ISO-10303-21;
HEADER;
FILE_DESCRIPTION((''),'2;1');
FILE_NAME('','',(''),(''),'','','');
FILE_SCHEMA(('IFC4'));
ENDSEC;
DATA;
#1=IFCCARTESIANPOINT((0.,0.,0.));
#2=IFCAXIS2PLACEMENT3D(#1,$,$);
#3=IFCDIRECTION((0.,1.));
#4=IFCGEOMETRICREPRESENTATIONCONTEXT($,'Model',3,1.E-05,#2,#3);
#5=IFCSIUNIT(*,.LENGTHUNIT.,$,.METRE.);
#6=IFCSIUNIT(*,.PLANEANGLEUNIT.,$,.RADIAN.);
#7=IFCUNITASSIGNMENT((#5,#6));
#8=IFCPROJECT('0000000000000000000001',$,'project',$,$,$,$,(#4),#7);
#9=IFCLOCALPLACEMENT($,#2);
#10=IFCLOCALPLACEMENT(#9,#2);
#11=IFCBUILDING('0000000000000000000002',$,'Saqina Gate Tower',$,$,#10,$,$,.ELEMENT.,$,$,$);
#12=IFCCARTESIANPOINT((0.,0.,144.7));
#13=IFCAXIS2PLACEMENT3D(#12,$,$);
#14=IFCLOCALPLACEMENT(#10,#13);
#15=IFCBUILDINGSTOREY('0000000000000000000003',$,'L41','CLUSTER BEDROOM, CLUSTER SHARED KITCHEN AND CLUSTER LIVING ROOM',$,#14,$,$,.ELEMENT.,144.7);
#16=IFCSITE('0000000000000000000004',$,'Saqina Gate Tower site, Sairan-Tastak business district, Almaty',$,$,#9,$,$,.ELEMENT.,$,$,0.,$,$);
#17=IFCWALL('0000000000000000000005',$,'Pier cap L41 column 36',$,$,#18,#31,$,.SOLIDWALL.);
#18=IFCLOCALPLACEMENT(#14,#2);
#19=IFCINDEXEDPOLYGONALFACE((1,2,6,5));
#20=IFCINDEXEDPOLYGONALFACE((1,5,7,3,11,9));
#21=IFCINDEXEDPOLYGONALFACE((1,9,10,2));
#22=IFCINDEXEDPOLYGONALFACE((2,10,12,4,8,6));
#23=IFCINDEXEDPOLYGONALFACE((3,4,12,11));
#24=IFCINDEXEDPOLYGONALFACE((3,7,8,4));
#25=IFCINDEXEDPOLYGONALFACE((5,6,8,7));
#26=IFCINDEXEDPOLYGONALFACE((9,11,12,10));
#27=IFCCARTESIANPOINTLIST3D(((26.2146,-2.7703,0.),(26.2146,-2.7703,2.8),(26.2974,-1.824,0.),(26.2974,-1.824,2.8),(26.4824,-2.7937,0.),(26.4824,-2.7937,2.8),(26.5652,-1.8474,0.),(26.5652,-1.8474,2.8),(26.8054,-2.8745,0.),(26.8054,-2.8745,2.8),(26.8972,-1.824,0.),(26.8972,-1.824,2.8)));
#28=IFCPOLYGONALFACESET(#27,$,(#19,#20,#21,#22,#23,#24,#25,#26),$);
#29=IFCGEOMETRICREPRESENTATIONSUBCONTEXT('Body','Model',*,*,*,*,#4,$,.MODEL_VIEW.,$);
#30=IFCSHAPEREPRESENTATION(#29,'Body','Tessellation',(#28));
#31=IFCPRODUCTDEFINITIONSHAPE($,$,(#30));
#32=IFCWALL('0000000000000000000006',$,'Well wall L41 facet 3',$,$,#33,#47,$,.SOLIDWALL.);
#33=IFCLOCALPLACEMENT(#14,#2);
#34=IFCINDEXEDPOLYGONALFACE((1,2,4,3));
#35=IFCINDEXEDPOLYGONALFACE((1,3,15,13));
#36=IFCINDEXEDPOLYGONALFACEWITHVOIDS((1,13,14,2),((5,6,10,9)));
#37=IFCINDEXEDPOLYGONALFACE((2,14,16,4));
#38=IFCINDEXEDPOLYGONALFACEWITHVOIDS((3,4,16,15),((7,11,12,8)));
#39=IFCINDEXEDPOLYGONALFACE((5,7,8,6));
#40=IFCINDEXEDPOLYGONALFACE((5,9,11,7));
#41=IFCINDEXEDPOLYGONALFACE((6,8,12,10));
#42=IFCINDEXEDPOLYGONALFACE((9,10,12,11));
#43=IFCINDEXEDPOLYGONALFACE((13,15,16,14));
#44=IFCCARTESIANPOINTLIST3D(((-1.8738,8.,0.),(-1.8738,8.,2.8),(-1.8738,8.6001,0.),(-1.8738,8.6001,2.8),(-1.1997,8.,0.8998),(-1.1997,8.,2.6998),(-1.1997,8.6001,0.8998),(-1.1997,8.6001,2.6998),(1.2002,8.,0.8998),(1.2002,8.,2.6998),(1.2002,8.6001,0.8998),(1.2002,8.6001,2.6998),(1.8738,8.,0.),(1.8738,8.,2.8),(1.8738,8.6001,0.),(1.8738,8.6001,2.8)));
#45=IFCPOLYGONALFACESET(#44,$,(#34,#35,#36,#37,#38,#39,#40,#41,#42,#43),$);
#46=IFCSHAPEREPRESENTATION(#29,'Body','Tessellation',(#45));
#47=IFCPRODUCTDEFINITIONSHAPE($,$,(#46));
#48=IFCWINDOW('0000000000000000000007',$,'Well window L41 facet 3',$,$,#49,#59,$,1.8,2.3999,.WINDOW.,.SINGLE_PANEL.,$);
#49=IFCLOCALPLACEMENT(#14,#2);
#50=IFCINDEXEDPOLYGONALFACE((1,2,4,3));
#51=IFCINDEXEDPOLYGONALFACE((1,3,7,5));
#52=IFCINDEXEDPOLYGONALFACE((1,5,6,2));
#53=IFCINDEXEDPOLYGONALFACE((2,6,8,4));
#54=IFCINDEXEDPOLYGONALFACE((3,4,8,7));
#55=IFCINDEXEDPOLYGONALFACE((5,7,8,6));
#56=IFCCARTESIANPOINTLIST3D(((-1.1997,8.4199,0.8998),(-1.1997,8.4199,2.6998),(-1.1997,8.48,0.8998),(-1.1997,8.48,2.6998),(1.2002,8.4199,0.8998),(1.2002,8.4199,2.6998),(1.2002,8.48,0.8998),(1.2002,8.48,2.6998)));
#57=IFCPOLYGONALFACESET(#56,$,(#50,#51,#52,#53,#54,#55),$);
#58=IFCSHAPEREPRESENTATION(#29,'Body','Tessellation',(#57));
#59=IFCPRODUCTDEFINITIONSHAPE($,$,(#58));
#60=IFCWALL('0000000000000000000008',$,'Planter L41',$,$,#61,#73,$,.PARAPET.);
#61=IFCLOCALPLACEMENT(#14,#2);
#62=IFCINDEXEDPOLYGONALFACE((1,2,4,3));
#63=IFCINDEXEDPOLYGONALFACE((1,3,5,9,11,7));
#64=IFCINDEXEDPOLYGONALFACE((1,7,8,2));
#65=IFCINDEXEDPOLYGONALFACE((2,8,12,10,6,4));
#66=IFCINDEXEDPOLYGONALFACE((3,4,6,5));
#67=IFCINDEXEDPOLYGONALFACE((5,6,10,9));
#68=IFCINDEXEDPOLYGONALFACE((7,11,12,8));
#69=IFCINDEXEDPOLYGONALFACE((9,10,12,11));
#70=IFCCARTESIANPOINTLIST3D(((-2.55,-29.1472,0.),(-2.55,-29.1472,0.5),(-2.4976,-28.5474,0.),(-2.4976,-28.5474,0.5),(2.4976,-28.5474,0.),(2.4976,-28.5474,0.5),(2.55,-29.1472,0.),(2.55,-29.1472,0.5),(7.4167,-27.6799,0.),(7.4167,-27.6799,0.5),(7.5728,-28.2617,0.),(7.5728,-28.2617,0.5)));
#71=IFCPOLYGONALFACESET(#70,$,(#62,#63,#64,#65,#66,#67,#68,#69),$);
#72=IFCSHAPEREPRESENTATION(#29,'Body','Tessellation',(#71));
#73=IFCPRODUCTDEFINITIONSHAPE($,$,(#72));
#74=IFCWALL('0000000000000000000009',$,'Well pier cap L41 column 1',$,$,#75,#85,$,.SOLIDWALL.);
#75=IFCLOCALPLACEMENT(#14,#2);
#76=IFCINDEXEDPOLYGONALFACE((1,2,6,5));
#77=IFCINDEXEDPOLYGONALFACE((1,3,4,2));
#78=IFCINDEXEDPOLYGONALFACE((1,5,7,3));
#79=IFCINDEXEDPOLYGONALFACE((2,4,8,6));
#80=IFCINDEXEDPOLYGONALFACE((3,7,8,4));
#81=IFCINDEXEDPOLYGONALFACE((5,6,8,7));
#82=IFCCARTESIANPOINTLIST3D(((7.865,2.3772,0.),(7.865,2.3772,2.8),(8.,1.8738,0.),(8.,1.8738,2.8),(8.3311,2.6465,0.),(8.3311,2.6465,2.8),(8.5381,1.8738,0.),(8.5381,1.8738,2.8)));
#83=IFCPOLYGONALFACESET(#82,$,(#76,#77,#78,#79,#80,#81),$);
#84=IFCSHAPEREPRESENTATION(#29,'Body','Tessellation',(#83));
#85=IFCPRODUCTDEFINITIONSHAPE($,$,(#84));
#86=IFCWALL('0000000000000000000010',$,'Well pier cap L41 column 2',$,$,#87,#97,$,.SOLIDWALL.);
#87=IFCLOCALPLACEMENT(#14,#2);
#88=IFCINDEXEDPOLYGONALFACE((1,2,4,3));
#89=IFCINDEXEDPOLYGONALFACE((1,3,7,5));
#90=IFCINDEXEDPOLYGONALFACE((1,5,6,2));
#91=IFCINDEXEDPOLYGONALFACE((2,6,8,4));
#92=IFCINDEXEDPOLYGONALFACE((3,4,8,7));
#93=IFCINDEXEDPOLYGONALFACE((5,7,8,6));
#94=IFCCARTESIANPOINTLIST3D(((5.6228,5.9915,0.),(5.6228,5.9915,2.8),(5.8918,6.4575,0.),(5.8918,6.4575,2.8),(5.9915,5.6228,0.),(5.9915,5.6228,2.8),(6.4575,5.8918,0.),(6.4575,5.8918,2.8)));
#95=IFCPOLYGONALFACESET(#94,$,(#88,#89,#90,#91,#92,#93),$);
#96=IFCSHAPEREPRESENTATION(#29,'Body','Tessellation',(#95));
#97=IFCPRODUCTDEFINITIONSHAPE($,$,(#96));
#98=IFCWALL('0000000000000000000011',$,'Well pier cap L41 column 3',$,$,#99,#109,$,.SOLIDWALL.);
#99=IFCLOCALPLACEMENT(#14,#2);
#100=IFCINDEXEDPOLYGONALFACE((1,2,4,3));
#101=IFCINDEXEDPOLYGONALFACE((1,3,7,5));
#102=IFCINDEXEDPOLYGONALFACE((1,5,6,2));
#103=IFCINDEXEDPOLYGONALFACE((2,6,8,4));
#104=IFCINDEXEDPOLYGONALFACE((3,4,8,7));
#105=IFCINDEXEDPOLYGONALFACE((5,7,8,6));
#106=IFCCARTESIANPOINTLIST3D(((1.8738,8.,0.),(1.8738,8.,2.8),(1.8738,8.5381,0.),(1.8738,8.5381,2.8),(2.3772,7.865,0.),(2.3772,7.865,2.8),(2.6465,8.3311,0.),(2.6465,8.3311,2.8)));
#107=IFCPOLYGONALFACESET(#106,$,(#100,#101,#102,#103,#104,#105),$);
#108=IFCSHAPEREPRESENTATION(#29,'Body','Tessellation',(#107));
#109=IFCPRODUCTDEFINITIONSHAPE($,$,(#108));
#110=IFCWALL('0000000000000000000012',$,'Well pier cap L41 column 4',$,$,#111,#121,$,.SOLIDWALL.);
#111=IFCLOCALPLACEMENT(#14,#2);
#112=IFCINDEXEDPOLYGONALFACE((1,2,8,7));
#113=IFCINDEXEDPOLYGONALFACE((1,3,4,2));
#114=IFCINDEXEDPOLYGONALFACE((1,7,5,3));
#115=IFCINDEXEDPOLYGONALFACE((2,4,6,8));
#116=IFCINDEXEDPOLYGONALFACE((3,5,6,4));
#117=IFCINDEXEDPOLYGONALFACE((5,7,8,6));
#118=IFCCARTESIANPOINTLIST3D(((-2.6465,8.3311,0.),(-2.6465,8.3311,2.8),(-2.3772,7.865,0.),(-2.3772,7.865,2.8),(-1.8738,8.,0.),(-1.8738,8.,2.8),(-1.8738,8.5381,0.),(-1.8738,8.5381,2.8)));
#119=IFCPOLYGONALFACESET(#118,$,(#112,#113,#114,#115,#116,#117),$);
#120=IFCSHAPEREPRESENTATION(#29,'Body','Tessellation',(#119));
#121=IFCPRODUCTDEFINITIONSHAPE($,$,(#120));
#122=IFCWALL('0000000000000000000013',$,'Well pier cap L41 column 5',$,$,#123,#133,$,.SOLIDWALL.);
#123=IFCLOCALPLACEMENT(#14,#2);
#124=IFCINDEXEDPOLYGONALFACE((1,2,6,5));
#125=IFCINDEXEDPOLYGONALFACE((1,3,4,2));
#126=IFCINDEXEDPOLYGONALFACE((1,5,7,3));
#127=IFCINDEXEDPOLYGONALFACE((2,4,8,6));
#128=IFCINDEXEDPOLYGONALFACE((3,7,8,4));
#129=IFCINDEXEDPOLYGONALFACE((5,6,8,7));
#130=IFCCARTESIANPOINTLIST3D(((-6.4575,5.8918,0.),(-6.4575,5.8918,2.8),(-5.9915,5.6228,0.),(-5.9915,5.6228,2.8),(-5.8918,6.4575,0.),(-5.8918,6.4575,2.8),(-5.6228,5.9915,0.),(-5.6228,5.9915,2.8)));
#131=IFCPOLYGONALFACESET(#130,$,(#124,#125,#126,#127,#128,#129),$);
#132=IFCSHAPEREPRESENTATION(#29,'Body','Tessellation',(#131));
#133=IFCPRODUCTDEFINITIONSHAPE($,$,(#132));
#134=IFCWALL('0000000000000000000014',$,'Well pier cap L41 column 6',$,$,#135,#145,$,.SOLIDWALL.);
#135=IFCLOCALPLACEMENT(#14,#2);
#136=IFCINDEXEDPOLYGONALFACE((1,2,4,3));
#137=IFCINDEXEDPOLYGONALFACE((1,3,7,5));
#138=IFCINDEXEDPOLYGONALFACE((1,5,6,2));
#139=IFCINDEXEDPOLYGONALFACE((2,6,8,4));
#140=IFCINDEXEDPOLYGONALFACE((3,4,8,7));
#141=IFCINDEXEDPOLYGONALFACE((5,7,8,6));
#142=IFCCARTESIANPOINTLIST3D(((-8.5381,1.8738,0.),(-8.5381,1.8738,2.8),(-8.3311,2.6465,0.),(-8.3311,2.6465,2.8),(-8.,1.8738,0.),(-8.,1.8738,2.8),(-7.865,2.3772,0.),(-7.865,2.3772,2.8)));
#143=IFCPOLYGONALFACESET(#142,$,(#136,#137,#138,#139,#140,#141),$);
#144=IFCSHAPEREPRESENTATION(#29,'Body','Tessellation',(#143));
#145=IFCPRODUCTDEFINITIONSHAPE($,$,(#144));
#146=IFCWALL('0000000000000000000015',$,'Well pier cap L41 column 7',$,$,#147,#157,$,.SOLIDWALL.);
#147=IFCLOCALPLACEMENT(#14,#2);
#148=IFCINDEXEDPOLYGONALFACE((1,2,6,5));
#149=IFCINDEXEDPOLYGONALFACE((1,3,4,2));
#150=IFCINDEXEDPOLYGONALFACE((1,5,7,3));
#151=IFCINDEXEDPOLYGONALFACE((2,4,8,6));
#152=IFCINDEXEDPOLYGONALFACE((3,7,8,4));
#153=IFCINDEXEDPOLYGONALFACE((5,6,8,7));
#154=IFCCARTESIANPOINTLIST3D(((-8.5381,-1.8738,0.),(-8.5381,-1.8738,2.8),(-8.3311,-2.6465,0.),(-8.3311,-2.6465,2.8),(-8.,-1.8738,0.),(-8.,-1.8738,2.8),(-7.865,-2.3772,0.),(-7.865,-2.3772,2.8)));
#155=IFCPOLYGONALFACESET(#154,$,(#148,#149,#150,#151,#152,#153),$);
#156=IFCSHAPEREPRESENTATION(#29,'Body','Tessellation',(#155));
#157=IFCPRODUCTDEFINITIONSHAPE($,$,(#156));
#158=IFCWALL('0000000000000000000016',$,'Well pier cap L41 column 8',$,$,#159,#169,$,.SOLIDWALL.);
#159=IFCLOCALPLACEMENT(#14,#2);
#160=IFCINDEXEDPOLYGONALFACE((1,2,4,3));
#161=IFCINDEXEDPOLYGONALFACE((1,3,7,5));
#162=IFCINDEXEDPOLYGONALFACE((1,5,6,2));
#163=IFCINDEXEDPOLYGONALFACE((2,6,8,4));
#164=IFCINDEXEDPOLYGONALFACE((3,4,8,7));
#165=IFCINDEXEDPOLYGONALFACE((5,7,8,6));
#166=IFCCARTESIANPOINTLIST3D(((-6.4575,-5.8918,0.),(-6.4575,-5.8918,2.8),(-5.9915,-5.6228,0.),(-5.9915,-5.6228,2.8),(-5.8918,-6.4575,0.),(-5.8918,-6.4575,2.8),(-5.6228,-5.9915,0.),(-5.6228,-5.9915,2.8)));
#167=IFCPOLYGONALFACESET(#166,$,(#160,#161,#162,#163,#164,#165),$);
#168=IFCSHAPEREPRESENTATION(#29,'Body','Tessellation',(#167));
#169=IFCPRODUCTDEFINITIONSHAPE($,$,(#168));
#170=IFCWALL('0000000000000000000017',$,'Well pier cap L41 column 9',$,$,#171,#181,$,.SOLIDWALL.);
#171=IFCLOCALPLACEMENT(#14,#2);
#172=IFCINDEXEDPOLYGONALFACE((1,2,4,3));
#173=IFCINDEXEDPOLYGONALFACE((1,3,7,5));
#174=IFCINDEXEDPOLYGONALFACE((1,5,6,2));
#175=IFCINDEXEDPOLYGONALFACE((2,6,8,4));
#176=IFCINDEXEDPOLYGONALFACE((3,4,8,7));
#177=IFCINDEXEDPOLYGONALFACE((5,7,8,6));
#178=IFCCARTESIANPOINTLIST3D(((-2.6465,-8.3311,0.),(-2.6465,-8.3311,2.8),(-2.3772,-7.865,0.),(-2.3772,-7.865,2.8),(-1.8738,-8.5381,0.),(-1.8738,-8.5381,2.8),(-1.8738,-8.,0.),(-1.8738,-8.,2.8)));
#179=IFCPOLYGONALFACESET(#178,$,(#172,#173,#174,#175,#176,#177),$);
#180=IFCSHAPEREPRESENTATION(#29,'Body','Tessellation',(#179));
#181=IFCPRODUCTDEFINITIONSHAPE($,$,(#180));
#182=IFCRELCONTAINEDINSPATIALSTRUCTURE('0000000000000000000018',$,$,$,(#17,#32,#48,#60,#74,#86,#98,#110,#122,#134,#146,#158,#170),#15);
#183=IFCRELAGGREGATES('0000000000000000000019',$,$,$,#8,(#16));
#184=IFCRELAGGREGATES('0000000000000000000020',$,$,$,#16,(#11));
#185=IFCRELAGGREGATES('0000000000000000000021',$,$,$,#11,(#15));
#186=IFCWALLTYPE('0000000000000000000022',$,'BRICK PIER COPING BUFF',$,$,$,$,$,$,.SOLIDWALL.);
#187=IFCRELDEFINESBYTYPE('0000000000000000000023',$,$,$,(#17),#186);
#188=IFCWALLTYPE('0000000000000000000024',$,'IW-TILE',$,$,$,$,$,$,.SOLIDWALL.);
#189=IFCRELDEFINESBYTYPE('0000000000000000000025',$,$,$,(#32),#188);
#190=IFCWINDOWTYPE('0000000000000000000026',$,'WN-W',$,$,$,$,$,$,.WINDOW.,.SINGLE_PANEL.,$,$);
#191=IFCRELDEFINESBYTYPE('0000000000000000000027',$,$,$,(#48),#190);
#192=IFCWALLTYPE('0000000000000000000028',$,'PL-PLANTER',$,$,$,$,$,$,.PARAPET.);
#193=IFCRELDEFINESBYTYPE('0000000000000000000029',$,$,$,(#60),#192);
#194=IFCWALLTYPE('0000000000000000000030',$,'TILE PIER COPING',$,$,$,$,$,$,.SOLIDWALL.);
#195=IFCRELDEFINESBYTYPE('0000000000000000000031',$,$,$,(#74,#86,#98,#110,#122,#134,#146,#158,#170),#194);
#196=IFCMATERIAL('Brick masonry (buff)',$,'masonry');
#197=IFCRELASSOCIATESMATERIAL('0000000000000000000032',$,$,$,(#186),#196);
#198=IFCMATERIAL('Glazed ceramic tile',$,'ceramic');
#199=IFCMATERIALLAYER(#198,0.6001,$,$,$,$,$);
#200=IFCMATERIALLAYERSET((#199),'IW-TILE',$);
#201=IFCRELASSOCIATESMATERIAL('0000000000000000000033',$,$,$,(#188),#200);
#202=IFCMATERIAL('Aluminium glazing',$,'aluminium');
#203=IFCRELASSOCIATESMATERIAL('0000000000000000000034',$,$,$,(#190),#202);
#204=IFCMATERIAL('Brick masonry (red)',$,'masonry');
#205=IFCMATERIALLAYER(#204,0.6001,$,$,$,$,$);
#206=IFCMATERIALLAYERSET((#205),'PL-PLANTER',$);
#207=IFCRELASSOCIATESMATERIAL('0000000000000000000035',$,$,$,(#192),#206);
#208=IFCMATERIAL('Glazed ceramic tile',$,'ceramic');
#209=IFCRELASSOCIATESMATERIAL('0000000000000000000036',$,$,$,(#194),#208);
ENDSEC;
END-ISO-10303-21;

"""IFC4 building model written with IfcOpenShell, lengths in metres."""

from ifc_helpers import new_model, si_unit, direction, frame, frame_2d, origin, place, context, subcontext, project, spatial, polyline, rectangle, outline, extrude, material, layer, layer_set, type_object, element, fill, save


model = new_model("IFC4")

# Units and contexts
model_context = context("Model", 3, precision=1e-05, world=origin(), true_north=direction((0.0, 1.0)))
body_context = subcontext(model_context, "Body", "Model", "MODEL_VIEW")
ifc_project = project(units=[si_unit("LENGTHUNIT", "METRE"), si_unit("PLANEANGLEUNIT", "RADIAN")], contexts=[model_context])

# Site, building, storey
site_placement = place(None, origin())
site = spatial("IfcSite", under=ifc_project, at=site_placement, Name="Saqina Gate Tower site, Sairan-Tastak business district, Almaty", CompositionType="ELEMENT", RefElevation=0.0)
building_placement = place(site_placement, origin())
building = spatial("IfcBuilding", under=site, at=building_placement, Name="Saqina Gate Tower", CompositionType="ELEMENT")
storey_placement = place(building_placement, frame((0.0, 0.0, 144.7)))
storey = spatial("IfcBuildingStorey", under=building, at=storey_placement, Name="L41", Description="CLUSTER BEDROOM, CLUSTER SHARED KITCHEN AND CLUSTER LIVING ROOM", CompositionType="ELEMENT", Elevation=144.7)

# Wall
ifc_material_1 = material(Name="Brick masonry (buff)", Category="masonry")
wall_type_1 = type_object("IfcWallType", Name="BRICK PIER COPING BUFF", PredefinedType="SOLIDWALL", material=ifc_material_1)
wall_1_placement = place(storey_placement, origin())
element("IfcWall", 1, at=wall_1_placement, inside=storey, type_object=wall_type_1, Name="Pier cap L41 column 36", PredefinedType="SOLIDWALL", context=body_context, shape_type="SweptSolid", body=[
    extrude(outline(polyline([(26.8054, -2.8745), (26.8972, -1.824), (26.2974, -1.824), (26.5652, -1.8474), (26.4824, -2.7937), (26.2146, -2.7703), (26.8054, -2.8745)])), origin(), (0.0, 0.0, 1.0), 2.8),
])

# Wall, opening, window
ifc_material_2 = material(Name="Glazed ceramic tile", Category="ceramic")
ifc_layer_1 = layer(ifc_material_2, 0.6001)
ifc_layer_set_1 = layer_set([ifc_layer_1], Name="IW-TILE")
wall_type_2 = type_object("IfcWallType", Name="IW-TILE", PredefinedType="SOLIDWALL", material=ifc_layer_set_1)
wall_2_placement = place(storey_placement, frame((1.8738, 8.3, 0.0), z_axis=(0.0, 0.0, 1.0), x_axis=(-1.0, 0.0, 0.0)))
wall_2 = element("IfcWall", 2, at=wall_2_placement, inside=storey, type_object=wall_type_2, Name="Well wall L41 facet 3", PredefinedType="SOLIDWALL", context=body_context, shape_type="SweptSolid", body=[
    extrude(rectangle(XDim=3.7476, YDim=0.6001, at=frame_2d((1.8738, 0.0))), origin(), (0.0, 0.0, 1.0), 2.8),
])
opening_placement = place(wall_2_placement, frame((0.6736, 0.0, 0.8999)))
opening = element("IfcOpeningElement", 3, at=opening_placement, cuts=wall_2, PredefinedType="OPENING", context=body_context, shape_type="SweptSolid", body=[
    extrude(rectangle(XDim=2.3999, YDim=1.8, at=frame_2d((1.2, 0.8999))), frame((0.0, 0.312, 0.0), z_axis=(0.0, -1.0, 0.0), x_axis=(1.0, 0.0, 0.0)), (0.0, 0.0, 1.0), 0.624),
])
ifc_material_3 = material(Name="Aluminium glazing", Category="aluminium")
window_type = type_object("IfcWindowType", Name="WN-W", PartitioningType="SINGLE_PANEL", PredefinedType="WINDOW", material=ifc_material_3)
window_placement = place(opening_placement, origin())
window = element("IfcWindow", 4, at=window_placement, inside=storey, type_object=window_type, Name="Well window L41 facet 3", OverallHeight=1.8, OverallWidth=2.3999, PartitioningType="SINGLE_PANEL", PredefinedType="WINDOW", context=body_context, shape_type="SweptSolid", body=[
    extrude(rectangle(XDim=2.3999, YDim=1.8, at=frame_2d((1.2, 0.8999))), frame((0.0, -0.1199, 0.0), z_axis=(0.0, -1.0, 0.0), x_axis=(1.0, 0.0, 0.0)), (0.0, 0.0, 1.0), 0.0601),
])
fill(opening, window)

# Walls
ifc_material_4 = material(Name="Brick masonry (red)", Category="masonry")
ifc_layer_2 = layer(ifc_material_4, 0.6001)
ifc_layer_set_2 = layer_set([ifc_layer_2], Name="PL-PLANTER")
wall_type_3 = type_object("IfcWallType", Name="PL-PLANTER", PredefinedType="PARAPET", material=ifc_layer_set_2)
wall_3_placement = place(storey_placement, origin())
element("IfcWall", 5, at=wall_3_placement, inside=storey, type_object=wall_type_3, Name="Planter L41", PredefinedType="PARAPET", context=body_context, shape_type="SweptSolid", body=[
    extrude(outline(polyline([(-2.55, -29.1472), (2.55, -29.1472), (7.5728, -28.2617), (7.4167, -27.6799), (2.4976, -28.5474), (-2.4976, -28.5474), (-2.55, -29.1472)])), origin(), (0.0, 0.0, 1.0), 0.5),
])
ifc_material_5 = material(Name="Glazed ceramic tile", Category="ceramic")
wall_type_4 = type_object("IfcWallType", Name="TILE PIER COPING", PredefinedType="SOLIDWALL", material=ifc_material_5)
wall_4_placement = place(storey_placement, origin())
element("IfcWall", 6, at=wall_4_placement, inside=storey, type_object=wall_type_4, Name="Well pier cap L41 column 1", PredefinedType="SOLIDWALL", context=body_context, shape_type="SweptSolid", body=[
    extrude(outline(polyline([(8.3311, 2.6465), (7.865, 2.3772), (8.0, 1.8738), (8.5381, 1.8738), (8.3311, 2.6465)])), origin(), (0.0, 0.0, 1.0), 2.8),
])
wall_5_placement = place(storey_placement, origin())
element("IfcWall", 7, at=wall_5_placement, inside=storey, type_object=wall_type_4, Name="Well pier cap L41 column 2", PredefinedType="SOLIDWALL", context=body_context, shape_type="SweptSolid", body=[
    extrude(outline(polyline([(5.8918, 6.4575), (5.6228, 5.9915), (5.9915, 5.6228), (6.4575, 5.8918), (5.8918, 6.4575)])), origin(), (0.0, 0.0, 1.0), 2.8),
])
wall_6_placement = place(storey_placement, origin())
element("IfcWall", 8, at=wall_6_placement, inside=storey, type_object=wall_type_4, Name="Well pier cap L41 column 3", PredefinedType="SOLIDWALL", context=body_context, shape_type="SweptSolid", body=[
    extrude(outline(polyline([(1.8738, 8.5381), (1.8738, 8.0), (2.3772, 7.865), (2.6465, 8.3311), (1.8738, 8.5381)])), origin(), (0.0, 0.0, 1.0), 2.8),
])
wall_7_placement = place(storey_placement, origin())
element("IfcWall", 9, at=wall_7_placement, inside=storey, type_object=wall_type_4, Name="Well pier cap L41 column 4", PredefinedType="SOLIDWALL", context=body_context, shape_type="SweptSolid", body=[
    extrude(outline(polyline([(-2.6465, 8.3311), (-2.3772, 7.865), (-1.8738, 8.0), (-1.8738, 8.5381), (-2.6465, 8.3311)])), origin(), (0.0, 0.0, 1.0), 2.8),
])
wall_8_placement = place(storey_placement, origin())
element("IfcWall", 10, at=wall_8_placement, inside=storey, type_object=wall_type_4, Name="Well pier cap L41 column 5", PredefinedType="SOLIDWALL", context=body_context, shape_type="SweptSolid", body=[
    extrude(outline(polyline([(-6.4575, 5.8918), (-5.9915, 5.6228), (-5.6228, 5.9915), (-5.8918, 6.4575), (-6.4575, 5.8918)])), origin(), (0.0, 0.0, 1.0), 2.8),
])
wall_9_placement = place(storey_placement, origin())
element("IfcWall", 11, at=wall_9_placement, inside=storey, type_object=wall_type_4, Name="Well pier cap L41 column 6", PredefinedType="SOLIDWALL", context=body_context, shape_type="SweptSolid", body=[
    extrude(outline(polyline([(-8.5381, 1.8738), (-8.0, 1.8738), (-7.865, 2.3772), (-8.3311, 2.6465), (-8.5381, 1.8738)])), origin(), (0.0, 0.0, 1.0), 2.8),
])
wall_10_placement = place(storey_placement, origin())
element("IfcWall", 12, at=wall_10_placement, inside=storey, type_object=wall_type_4, Name="Well pier cap L41 column 7", PredefinedType="SOLIDWALL", context=body_context, shape_type="SweptSolid", body=[
    extrude(outline(polyline([(-8.3311, -2.6465), (-7.865, -2.3772), (-8.0, -1.8738), (-8.5381, -1.8738), (-8.3311, -2.6465)])), origin(), (0.0, 0.0, 1.0), 2.8),
])
wall_11_placement = place(storey_placement, origin())
element("IfcWall", 13, at=wall_11_placement, inside=storey, type_object=wall_type_4, Name="Well pier cap L41 column 8", PredefinedType="SOLIDWALL", context=body_context, shape_type="SweptSolid", body=[
    extrude(outline(polyline([(-6.4575, -5.8918), (-5.8918, -6.4575), (-5.6228, -5.9915), (-5.9915, -5.6228), (-6.4575, -5.8918)])), origin(), (0.0, 0.0, 1.0), 2.8),
])
wall_12_placement = place(storey_placement, origin())
element("IfcWall", 14, at=wall_12_placement, inside=storey, type_object=wall_type_4, Name="Well pier cap L41 column 9", PredefinedType="SOLIDWALL", context=body_context, shape_type="SweptSolid", body=[
    extrude(outline(polyline([(-1.8738, -8.5381), (-1.8738, -8.0), (-2.3772, -7.865), (-2.6465, -8.3311), (-1.8738, -8.5381)])), origin(), (0.0, 0.0, 1.0), 2.8),
])

save(model, "model.ifc")
